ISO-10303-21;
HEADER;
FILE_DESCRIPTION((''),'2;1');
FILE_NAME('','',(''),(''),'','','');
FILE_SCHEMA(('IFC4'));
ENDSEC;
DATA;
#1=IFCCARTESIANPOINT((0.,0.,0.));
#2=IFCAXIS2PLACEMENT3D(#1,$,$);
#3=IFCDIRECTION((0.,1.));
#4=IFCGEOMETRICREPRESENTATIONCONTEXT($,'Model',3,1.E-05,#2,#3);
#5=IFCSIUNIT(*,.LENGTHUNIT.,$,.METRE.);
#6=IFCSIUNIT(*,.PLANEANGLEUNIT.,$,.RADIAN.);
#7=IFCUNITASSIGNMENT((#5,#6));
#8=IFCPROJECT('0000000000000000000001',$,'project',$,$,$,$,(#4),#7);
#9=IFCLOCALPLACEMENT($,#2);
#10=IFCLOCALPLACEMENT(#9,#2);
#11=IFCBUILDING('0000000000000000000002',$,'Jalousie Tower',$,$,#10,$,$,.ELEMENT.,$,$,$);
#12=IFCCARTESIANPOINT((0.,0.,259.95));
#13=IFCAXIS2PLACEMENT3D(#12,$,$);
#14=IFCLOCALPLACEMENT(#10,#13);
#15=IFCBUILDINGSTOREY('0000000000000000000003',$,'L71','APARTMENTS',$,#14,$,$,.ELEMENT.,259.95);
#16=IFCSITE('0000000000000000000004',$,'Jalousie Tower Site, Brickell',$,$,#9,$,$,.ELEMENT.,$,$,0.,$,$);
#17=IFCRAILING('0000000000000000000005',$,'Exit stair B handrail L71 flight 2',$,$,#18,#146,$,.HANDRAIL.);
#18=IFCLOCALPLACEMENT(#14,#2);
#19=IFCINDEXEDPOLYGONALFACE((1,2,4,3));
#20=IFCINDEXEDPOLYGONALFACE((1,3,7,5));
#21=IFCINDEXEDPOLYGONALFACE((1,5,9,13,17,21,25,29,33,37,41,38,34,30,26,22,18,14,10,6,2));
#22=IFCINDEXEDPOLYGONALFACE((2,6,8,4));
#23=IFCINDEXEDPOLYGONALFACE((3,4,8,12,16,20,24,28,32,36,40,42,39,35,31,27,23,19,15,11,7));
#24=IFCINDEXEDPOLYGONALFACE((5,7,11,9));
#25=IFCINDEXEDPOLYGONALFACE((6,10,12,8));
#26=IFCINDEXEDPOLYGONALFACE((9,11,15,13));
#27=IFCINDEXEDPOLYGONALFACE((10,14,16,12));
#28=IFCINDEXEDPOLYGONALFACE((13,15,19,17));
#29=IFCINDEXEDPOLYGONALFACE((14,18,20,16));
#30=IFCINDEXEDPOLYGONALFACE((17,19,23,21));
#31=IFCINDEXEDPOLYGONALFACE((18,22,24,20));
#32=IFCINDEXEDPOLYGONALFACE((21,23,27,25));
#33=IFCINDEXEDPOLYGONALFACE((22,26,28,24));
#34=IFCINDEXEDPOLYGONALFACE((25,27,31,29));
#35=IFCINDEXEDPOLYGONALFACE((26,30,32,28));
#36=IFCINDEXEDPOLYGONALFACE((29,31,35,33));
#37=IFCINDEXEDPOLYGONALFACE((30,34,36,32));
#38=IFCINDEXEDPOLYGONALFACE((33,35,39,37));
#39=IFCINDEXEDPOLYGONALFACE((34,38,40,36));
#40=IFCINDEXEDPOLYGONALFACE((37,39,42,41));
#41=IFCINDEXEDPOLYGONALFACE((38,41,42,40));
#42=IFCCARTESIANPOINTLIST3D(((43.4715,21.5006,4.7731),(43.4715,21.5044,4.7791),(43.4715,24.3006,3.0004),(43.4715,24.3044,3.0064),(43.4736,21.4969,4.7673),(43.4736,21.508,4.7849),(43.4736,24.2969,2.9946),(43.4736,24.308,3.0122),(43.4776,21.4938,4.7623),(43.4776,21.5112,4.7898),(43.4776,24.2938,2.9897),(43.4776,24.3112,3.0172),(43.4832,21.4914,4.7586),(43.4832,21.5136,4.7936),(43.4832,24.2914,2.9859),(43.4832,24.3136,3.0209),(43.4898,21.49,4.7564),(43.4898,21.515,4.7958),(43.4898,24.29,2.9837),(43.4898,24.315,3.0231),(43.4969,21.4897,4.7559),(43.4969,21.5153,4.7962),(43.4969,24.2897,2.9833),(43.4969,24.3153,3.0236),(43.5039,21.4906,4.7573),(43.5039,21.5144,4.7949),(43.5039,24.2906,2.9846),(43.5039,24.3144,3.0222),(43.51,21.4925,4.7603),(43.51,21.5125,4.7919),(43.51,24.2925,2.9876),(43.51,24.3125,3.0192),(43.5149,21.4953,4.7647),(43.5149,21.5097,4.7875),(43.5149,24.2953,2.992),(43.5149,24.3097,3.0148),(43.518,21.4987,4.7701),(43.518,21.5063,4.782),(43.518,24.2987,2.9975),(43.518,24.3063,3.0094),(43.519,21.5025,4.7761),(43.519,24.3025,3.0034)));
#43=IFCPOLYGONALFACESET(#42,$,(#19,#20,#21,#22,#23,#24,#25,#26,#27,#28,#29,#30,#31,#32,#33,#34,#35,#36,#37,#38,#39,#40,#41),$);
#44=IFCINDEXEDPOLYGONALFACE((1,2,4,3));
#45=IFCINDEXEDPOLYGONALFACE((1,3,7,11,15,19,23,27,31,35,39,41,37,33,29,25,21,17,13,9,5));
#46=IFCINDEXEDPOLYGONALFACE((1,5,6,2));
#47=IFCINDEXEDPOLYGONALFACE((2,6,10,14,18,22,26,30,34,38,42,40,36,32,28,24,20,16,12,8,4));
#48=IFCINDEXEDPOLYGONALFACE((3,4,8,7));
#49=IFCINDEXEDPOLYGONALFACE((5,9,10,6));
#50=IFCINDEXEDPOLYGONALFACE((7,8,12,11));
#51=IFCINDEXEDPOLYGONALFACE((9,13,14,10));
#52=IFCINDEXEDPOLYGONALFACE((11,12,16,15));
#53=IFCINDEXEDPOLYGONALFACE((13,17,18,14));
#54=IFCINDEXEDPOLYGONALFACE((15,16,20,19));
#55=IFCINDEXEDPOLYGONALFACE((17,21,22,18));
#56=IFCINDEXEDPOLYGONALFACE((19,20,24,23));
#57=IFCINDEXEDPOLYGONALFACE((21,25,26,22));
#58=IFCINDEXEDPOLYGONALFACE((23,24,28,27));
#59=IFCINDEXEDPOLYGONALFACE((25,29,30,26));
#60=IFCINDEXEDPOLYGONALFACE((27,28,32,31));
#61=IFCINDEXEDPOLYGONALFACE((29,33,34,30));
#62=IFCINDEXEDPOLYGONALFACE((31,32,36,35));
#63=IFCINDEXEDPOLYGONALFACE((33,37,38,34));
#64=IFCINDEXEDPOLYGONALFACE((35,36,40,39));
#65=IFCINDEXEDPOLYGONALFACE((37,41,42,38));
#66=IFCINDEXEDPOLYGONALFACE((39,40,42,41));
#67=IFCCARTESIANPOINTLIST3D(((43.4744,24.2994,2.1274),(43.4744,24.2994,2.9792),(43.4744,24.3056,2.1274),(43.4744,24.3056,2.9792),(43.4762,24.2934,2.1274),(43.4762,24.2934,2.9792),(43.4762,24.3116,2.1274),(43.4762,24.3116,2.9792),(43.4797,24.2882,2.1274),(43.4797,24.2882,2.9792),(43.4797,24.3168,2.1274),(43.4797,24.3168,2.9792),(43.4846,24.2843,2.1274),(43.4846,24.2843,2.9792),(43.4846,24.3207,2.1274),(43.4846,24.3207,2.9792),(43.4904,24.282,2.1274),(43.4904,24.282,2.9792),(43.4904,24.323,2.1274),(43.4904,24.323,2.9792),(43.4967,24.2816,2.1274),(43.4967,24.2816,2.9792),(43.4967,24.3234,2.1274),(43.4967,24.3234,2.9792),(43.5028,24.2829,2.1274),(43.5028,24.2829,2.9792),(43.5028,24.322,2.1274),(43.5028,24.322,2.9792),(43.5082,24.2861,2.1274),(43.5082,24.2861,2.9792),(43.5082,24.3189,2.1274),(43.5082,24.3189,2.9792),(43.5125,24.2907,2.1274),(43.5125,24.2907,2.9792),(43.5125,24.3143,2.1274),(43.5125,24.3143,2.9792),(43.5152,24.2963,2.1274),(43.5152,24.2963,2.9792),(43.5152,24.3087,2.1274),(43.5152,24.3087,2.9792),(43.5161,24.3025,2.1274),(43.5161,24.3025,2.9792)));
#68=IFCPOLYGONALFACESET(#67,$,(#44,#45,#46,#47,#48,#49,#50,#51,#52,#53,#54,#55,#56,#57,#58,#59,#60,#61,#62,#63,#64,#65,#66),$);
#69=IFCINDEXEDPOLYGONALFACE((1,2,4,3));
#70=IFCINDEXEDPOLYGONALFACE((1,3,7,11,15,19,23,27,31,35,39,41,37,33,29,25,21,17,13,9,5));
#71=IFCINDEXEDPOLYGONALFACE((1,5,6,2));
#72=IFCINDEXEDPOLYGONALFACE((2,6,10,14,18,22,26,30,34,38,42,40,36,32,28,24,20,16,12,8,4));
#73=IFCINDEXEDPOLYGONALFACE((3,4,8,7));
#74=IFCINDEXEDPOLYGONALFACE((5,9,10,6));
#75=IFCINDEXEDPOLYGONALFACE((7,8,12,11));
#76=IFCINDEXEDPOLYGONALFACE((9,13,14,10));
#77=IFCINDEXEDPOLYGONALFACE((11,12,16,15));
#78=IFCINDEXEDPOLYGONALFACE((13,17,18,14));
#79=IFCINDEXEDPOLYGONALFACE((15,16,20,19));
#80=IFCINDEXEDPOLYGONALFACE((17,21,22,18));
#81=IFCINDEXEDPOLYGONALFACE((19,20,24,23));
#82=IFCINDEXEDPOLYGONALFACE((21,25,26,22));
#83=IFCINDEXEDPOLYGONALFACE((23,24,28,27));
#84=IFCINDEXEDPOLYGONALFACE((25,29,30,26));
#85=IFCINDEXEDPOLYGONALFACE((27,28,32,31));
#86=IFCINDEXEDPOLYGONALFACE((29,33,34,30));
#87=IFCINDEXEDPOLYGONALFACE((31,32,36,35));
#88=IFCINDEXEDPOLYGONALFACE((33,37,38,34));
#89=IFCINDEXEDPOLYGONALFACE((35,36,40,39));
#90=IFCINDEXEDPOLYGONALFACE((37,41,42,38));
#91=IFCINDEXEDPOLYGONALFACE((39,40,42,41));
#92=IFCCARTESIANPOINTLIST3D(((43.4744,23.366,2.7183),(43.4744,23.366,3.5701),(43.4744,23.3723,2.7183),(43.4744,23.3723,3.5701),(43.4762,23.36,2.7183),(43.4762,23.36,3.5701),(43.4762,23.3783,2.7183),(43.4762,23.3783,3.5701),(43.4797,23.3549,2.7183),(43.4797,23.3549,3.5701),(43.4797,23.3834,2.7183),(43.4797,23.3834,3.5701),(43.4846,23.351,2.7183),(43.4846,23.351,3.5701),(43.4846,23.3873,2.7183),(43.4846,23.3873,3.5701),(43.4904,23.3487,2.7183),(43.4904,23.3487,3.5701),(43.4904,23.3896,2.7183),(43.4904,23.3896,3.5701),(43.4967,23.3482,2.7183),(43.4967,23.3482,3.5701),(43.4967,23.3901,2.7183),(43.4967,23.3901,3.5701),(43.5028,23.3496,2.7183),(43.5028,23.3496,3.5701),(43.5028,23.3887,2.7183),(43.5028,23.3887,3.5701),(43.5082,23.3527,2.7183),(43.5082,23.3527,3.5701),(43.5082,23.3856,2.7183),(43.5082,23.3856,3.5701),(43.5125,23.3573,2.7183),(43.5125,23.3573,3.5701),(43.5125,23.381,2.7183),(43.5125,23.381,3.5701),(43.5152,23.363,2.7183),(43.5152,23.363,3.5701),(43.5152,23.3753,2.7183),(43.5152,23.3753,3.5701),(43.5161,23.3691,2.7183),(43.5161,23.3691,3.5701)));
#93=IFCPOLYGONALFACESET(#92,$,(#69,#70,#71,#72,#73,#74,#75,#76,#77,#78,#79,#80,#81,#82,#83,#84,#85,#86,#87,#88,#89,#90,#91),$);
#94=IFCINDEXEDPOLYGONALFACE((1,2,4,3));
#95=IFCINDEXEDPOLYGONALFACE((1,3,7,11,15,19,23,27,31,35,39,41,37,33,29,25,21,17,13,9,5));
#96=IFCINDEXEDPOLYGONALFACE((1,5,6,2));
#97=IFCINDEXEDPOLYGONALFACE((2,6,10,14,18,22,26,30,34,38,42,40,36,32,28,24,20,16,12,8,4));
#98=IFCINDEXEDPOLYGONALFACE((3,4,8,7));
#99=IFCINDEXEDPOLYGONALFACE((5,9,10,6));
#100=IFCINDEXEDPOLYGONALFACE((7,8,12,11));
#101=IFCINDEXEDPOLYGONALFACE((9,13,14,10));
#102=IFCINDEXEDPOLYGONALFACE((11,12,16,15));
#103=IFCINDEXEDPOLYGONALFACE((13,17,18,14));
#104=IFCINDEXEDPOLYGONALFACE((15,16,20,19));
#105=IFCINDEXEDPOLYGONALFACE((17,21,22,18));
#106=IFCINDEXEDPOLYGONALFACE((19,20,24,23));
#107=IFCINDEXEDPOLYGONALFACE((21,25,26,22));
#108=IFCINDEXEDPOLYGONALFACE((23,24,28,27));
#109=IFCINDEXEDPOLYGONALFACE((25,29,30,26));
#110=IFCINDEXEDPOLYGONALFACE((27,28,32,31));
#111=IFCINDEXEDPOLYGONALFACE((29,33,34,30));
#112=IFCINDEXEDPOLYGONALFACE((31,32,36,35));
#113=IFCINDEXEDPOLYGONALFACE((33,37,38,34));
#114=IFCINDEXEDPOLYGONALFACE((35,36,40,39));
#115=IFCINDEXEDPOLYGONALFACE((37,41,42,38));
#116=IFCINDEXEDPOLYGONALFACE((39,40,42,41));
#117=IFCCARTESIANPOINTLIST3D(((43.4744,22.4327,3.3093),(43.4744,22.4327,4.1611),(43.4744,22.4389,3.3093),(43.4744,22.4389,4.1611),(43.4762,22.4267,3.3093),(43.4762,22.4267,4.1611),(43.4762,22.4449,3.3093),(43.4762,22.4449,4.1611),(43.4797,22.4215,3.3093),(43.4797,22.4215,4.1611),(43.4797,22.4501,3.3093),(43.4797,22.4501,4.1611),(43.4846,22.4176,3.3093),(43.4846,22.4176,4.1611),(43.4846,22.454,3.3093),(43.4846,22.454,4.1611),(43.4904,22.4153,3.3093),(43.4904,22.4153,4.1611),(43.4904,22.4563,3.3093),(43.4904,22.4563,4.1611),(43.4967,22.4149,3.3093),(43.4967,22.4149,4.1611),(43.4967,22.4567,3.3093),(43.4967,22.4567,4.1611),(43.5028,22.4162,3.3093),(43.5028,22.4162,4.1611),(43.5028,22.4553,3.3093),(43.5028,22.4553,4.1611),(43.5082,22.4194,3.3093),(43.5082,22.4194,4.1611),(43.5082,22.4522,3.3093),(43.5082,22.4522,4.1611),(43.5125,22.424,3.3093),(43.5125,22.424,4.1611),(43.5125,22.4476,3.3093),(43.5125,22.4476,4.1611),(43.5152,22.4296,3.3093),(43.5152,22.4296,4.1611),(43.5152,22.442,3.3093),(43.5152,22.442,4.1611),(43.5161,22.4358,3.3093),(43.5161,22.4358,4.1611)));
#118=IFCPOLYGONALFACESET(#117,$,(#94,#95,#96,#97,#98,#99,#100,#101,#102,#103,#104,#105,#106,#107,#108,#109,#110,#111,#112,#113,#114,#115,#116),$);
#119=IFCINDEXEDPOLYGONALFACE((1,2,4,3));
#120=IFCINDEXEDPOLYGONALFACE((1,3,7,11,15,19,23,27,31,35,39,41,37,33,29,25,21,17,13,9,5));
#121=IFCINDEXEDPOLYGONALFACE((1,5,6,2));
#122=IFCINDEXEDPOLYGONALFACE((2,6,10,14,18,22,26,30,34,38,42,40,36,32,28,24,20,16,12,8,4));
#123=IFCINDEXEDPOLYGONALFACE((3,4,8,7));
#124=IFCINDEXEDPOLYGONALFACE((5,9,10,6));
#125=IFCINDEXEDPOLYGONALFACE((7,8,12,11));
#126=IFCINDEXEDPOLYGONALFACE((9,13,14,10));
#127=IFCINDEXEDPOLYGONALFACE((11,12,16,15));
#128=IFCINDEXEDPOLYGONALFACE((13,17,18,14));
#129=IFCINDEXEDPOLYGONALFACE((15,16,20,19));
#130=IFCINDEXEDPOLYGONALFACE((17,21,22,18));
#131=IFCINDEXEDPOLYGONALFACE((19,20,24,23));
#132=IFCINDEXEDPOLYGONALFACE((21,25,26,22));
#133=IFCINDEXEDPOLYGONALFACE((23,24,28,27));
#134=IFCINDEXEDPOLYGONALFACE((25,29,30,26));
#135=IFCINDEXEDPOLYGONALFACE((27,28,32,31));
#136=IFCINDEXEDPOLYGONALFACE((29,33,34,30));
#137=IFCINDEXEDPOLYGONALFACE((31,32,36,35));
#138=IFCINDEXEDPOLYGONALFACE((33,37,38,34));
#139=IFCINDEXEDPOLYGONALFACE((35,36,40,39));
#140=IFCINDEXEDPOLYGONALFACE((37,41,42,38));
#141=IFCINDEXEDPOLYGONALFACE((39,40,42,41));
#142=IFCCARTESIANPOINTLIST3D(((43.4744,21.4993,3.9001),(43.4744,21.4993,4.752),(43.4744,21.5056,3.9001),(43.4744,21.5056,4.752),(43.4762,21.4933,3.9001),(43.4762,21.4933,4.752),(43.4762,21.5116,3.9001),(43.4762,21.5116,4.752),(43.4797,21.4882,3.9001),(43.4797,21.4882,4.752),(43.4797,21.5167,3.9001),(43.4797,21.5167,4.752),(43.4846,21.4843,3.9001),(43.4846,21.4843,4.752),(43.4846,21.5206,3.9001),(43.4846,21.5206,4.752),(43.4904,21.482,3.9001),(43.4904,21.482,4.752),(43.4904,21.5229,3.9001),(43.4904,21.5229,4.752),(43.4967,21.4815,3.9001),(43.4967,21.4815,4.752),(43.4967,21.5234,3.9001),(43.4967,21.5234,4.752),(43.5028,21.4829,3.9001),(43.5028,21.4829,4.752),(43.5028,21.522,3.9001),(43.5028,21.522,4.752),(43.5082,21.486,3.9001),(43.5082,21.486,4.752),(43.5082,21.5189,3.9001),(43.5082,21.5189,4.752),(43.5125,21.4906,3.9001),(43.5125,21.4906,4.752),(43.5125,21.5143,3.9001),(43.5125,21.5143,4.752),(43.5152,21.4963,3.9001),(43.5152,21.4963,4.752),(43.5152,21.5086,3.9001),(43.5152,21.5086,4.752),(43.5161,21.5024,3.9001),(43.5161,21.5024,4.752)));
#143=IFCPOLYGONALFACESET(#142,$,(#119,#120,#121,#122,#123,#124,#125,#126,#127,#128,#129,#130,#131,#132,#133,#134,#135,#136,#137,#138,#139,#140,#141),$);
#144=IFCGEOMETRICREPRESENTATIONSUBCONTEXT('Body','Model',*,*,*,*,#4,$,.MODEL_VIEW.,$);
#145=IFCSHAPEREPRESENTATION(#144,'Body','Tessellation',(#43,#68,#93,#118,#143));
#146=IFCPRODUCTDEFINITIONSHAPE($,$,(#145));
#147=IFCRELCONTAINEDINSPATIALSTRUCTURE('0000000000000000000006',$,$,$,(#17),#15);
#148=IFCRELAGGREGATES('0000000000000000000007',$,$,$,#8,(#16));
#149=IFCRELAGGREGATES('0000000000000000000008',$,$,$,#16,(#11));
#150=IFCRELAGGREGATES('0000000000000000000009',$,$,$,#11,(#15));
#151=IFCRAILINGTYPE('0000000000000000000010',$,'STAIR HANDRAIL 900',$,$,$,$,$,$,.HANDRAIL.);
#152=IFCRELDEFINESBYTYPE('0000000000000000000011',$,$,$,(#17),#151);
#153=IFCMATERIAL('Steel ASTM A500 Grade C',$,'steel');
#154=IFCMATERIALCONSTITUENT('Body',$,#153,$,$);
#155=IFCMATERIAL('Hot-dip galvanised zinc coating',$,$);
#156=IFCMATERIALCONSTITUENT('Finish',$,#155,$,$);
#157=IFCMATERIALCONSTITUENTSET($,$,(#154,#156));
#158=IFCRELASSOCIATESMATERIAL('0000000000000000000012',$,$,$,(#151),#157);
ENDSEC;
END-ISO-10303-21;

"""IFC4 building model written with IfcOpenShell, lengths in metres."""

from ifc_helpers import new_model, si_unit, direction, frame, origin, origin_2d, place, context, subcontext, project, spatial, circle, extrude, material, constituent, constituent_set, type_object, element, save


model = new_model("IFC4")

# Units and contexts
model_context = context("Model", 3, precision=1e-05, world=origin(), true_north=direction((0.0, 1.0)))
body_context = subcontext(model_context, "Body", "Model", "MODEL_VIEW")
ifc_project = project(units=[si_unit("LENGTHUNIT", "METRE"), si_unit("PLANEANGLEUNIT", "RADIAN")], contexts=[model_context])

# Site, building, storey
site_placement = place(None, origin())
site = spatial("IfcSite", under=ifc_project, at=site_placement, Name="Jalousie Tower Site, Brickell", CompositionType="ELEMENT", RefElevation=0.0)
building_placement = place(site_placement, origin())
building = spatial("IfcBuilding", under=site, at=building_placement, Name="Jalousie Tower", CompositionType="ELEMENT")
storey_placement = place(building_placement, frame((0.0, 0.0, 259.95)))
storey = spatial("IfcBuildingStorey", under=building, at=storey_placement, Name="L71", Description="APARTMENTS", CompositionType="ELEMENT", Elevation=259.95)

# Railing
ifc_material_1 = material(Name="Steel ASTM A500 Grade C", Category="steel")
ifc_constituent_1 = constituent(ifc_material_1, Name="Body")
ifc_material_2 = material(Name="Hot-dip galvanised zinc coating")
ifc_constituent_2 = constituent(ifc_material_2, Name="Finish")
ifc_constituent_set_1 = constituent_set(constituents=[ifc_constituent_1, ifc_constituent_2])
railing_type_1 = type_object("IfcRailingType", Name="STAIR HANDRAIL 900", PredefinedType="HANDRAIL", material=ifc_constituent_set_1)
railing_1_placement = place(storey_placement, frame((43.4951, 24.3025, 2.1274)))
element("IfcRailing", 1, at=railing_1_placement, inside=storey, type_object=railing_type_1, Name="Exit stair B handrail L71 flight 2", PredefinedType="HANDRAIL", context=body_context, shape_type="SweptSolid", body=[
    extrude(circle(Radius=0.0239, at=origin_2d()), frame((0.0, 0.0, 0.876), z_axis=(0.0, -0.844909, 0.53491), x_axis=(1.0, 0.0, 0.0)), (0.0, 0.0, 1.0), 3.314),
    extrude(circle(Radius=0.021, at=origin_2d()), origin(), (0.0, 0.0, 1.0), 0.8518),
    extrude(circle(Radius=0.021, at=origin_2d()), frame((0.0, -0.9333, 0.5908)), (0.0, 0.0, 1.0), 0.8518),
    extrude(circle(Radius=0.021, at=origin_2d()), frame((0.0, -1.8667, 1.1819)), (0.0, 0.0, 1.0), 0.8518),
    extrude(circle(Radius=0.021, at=origin_2d()), frame((0.0, -2.8, 1.7727)), (0.0, 0.0, 1.0), 0.8518),
])

save(model, "model.ifc")
